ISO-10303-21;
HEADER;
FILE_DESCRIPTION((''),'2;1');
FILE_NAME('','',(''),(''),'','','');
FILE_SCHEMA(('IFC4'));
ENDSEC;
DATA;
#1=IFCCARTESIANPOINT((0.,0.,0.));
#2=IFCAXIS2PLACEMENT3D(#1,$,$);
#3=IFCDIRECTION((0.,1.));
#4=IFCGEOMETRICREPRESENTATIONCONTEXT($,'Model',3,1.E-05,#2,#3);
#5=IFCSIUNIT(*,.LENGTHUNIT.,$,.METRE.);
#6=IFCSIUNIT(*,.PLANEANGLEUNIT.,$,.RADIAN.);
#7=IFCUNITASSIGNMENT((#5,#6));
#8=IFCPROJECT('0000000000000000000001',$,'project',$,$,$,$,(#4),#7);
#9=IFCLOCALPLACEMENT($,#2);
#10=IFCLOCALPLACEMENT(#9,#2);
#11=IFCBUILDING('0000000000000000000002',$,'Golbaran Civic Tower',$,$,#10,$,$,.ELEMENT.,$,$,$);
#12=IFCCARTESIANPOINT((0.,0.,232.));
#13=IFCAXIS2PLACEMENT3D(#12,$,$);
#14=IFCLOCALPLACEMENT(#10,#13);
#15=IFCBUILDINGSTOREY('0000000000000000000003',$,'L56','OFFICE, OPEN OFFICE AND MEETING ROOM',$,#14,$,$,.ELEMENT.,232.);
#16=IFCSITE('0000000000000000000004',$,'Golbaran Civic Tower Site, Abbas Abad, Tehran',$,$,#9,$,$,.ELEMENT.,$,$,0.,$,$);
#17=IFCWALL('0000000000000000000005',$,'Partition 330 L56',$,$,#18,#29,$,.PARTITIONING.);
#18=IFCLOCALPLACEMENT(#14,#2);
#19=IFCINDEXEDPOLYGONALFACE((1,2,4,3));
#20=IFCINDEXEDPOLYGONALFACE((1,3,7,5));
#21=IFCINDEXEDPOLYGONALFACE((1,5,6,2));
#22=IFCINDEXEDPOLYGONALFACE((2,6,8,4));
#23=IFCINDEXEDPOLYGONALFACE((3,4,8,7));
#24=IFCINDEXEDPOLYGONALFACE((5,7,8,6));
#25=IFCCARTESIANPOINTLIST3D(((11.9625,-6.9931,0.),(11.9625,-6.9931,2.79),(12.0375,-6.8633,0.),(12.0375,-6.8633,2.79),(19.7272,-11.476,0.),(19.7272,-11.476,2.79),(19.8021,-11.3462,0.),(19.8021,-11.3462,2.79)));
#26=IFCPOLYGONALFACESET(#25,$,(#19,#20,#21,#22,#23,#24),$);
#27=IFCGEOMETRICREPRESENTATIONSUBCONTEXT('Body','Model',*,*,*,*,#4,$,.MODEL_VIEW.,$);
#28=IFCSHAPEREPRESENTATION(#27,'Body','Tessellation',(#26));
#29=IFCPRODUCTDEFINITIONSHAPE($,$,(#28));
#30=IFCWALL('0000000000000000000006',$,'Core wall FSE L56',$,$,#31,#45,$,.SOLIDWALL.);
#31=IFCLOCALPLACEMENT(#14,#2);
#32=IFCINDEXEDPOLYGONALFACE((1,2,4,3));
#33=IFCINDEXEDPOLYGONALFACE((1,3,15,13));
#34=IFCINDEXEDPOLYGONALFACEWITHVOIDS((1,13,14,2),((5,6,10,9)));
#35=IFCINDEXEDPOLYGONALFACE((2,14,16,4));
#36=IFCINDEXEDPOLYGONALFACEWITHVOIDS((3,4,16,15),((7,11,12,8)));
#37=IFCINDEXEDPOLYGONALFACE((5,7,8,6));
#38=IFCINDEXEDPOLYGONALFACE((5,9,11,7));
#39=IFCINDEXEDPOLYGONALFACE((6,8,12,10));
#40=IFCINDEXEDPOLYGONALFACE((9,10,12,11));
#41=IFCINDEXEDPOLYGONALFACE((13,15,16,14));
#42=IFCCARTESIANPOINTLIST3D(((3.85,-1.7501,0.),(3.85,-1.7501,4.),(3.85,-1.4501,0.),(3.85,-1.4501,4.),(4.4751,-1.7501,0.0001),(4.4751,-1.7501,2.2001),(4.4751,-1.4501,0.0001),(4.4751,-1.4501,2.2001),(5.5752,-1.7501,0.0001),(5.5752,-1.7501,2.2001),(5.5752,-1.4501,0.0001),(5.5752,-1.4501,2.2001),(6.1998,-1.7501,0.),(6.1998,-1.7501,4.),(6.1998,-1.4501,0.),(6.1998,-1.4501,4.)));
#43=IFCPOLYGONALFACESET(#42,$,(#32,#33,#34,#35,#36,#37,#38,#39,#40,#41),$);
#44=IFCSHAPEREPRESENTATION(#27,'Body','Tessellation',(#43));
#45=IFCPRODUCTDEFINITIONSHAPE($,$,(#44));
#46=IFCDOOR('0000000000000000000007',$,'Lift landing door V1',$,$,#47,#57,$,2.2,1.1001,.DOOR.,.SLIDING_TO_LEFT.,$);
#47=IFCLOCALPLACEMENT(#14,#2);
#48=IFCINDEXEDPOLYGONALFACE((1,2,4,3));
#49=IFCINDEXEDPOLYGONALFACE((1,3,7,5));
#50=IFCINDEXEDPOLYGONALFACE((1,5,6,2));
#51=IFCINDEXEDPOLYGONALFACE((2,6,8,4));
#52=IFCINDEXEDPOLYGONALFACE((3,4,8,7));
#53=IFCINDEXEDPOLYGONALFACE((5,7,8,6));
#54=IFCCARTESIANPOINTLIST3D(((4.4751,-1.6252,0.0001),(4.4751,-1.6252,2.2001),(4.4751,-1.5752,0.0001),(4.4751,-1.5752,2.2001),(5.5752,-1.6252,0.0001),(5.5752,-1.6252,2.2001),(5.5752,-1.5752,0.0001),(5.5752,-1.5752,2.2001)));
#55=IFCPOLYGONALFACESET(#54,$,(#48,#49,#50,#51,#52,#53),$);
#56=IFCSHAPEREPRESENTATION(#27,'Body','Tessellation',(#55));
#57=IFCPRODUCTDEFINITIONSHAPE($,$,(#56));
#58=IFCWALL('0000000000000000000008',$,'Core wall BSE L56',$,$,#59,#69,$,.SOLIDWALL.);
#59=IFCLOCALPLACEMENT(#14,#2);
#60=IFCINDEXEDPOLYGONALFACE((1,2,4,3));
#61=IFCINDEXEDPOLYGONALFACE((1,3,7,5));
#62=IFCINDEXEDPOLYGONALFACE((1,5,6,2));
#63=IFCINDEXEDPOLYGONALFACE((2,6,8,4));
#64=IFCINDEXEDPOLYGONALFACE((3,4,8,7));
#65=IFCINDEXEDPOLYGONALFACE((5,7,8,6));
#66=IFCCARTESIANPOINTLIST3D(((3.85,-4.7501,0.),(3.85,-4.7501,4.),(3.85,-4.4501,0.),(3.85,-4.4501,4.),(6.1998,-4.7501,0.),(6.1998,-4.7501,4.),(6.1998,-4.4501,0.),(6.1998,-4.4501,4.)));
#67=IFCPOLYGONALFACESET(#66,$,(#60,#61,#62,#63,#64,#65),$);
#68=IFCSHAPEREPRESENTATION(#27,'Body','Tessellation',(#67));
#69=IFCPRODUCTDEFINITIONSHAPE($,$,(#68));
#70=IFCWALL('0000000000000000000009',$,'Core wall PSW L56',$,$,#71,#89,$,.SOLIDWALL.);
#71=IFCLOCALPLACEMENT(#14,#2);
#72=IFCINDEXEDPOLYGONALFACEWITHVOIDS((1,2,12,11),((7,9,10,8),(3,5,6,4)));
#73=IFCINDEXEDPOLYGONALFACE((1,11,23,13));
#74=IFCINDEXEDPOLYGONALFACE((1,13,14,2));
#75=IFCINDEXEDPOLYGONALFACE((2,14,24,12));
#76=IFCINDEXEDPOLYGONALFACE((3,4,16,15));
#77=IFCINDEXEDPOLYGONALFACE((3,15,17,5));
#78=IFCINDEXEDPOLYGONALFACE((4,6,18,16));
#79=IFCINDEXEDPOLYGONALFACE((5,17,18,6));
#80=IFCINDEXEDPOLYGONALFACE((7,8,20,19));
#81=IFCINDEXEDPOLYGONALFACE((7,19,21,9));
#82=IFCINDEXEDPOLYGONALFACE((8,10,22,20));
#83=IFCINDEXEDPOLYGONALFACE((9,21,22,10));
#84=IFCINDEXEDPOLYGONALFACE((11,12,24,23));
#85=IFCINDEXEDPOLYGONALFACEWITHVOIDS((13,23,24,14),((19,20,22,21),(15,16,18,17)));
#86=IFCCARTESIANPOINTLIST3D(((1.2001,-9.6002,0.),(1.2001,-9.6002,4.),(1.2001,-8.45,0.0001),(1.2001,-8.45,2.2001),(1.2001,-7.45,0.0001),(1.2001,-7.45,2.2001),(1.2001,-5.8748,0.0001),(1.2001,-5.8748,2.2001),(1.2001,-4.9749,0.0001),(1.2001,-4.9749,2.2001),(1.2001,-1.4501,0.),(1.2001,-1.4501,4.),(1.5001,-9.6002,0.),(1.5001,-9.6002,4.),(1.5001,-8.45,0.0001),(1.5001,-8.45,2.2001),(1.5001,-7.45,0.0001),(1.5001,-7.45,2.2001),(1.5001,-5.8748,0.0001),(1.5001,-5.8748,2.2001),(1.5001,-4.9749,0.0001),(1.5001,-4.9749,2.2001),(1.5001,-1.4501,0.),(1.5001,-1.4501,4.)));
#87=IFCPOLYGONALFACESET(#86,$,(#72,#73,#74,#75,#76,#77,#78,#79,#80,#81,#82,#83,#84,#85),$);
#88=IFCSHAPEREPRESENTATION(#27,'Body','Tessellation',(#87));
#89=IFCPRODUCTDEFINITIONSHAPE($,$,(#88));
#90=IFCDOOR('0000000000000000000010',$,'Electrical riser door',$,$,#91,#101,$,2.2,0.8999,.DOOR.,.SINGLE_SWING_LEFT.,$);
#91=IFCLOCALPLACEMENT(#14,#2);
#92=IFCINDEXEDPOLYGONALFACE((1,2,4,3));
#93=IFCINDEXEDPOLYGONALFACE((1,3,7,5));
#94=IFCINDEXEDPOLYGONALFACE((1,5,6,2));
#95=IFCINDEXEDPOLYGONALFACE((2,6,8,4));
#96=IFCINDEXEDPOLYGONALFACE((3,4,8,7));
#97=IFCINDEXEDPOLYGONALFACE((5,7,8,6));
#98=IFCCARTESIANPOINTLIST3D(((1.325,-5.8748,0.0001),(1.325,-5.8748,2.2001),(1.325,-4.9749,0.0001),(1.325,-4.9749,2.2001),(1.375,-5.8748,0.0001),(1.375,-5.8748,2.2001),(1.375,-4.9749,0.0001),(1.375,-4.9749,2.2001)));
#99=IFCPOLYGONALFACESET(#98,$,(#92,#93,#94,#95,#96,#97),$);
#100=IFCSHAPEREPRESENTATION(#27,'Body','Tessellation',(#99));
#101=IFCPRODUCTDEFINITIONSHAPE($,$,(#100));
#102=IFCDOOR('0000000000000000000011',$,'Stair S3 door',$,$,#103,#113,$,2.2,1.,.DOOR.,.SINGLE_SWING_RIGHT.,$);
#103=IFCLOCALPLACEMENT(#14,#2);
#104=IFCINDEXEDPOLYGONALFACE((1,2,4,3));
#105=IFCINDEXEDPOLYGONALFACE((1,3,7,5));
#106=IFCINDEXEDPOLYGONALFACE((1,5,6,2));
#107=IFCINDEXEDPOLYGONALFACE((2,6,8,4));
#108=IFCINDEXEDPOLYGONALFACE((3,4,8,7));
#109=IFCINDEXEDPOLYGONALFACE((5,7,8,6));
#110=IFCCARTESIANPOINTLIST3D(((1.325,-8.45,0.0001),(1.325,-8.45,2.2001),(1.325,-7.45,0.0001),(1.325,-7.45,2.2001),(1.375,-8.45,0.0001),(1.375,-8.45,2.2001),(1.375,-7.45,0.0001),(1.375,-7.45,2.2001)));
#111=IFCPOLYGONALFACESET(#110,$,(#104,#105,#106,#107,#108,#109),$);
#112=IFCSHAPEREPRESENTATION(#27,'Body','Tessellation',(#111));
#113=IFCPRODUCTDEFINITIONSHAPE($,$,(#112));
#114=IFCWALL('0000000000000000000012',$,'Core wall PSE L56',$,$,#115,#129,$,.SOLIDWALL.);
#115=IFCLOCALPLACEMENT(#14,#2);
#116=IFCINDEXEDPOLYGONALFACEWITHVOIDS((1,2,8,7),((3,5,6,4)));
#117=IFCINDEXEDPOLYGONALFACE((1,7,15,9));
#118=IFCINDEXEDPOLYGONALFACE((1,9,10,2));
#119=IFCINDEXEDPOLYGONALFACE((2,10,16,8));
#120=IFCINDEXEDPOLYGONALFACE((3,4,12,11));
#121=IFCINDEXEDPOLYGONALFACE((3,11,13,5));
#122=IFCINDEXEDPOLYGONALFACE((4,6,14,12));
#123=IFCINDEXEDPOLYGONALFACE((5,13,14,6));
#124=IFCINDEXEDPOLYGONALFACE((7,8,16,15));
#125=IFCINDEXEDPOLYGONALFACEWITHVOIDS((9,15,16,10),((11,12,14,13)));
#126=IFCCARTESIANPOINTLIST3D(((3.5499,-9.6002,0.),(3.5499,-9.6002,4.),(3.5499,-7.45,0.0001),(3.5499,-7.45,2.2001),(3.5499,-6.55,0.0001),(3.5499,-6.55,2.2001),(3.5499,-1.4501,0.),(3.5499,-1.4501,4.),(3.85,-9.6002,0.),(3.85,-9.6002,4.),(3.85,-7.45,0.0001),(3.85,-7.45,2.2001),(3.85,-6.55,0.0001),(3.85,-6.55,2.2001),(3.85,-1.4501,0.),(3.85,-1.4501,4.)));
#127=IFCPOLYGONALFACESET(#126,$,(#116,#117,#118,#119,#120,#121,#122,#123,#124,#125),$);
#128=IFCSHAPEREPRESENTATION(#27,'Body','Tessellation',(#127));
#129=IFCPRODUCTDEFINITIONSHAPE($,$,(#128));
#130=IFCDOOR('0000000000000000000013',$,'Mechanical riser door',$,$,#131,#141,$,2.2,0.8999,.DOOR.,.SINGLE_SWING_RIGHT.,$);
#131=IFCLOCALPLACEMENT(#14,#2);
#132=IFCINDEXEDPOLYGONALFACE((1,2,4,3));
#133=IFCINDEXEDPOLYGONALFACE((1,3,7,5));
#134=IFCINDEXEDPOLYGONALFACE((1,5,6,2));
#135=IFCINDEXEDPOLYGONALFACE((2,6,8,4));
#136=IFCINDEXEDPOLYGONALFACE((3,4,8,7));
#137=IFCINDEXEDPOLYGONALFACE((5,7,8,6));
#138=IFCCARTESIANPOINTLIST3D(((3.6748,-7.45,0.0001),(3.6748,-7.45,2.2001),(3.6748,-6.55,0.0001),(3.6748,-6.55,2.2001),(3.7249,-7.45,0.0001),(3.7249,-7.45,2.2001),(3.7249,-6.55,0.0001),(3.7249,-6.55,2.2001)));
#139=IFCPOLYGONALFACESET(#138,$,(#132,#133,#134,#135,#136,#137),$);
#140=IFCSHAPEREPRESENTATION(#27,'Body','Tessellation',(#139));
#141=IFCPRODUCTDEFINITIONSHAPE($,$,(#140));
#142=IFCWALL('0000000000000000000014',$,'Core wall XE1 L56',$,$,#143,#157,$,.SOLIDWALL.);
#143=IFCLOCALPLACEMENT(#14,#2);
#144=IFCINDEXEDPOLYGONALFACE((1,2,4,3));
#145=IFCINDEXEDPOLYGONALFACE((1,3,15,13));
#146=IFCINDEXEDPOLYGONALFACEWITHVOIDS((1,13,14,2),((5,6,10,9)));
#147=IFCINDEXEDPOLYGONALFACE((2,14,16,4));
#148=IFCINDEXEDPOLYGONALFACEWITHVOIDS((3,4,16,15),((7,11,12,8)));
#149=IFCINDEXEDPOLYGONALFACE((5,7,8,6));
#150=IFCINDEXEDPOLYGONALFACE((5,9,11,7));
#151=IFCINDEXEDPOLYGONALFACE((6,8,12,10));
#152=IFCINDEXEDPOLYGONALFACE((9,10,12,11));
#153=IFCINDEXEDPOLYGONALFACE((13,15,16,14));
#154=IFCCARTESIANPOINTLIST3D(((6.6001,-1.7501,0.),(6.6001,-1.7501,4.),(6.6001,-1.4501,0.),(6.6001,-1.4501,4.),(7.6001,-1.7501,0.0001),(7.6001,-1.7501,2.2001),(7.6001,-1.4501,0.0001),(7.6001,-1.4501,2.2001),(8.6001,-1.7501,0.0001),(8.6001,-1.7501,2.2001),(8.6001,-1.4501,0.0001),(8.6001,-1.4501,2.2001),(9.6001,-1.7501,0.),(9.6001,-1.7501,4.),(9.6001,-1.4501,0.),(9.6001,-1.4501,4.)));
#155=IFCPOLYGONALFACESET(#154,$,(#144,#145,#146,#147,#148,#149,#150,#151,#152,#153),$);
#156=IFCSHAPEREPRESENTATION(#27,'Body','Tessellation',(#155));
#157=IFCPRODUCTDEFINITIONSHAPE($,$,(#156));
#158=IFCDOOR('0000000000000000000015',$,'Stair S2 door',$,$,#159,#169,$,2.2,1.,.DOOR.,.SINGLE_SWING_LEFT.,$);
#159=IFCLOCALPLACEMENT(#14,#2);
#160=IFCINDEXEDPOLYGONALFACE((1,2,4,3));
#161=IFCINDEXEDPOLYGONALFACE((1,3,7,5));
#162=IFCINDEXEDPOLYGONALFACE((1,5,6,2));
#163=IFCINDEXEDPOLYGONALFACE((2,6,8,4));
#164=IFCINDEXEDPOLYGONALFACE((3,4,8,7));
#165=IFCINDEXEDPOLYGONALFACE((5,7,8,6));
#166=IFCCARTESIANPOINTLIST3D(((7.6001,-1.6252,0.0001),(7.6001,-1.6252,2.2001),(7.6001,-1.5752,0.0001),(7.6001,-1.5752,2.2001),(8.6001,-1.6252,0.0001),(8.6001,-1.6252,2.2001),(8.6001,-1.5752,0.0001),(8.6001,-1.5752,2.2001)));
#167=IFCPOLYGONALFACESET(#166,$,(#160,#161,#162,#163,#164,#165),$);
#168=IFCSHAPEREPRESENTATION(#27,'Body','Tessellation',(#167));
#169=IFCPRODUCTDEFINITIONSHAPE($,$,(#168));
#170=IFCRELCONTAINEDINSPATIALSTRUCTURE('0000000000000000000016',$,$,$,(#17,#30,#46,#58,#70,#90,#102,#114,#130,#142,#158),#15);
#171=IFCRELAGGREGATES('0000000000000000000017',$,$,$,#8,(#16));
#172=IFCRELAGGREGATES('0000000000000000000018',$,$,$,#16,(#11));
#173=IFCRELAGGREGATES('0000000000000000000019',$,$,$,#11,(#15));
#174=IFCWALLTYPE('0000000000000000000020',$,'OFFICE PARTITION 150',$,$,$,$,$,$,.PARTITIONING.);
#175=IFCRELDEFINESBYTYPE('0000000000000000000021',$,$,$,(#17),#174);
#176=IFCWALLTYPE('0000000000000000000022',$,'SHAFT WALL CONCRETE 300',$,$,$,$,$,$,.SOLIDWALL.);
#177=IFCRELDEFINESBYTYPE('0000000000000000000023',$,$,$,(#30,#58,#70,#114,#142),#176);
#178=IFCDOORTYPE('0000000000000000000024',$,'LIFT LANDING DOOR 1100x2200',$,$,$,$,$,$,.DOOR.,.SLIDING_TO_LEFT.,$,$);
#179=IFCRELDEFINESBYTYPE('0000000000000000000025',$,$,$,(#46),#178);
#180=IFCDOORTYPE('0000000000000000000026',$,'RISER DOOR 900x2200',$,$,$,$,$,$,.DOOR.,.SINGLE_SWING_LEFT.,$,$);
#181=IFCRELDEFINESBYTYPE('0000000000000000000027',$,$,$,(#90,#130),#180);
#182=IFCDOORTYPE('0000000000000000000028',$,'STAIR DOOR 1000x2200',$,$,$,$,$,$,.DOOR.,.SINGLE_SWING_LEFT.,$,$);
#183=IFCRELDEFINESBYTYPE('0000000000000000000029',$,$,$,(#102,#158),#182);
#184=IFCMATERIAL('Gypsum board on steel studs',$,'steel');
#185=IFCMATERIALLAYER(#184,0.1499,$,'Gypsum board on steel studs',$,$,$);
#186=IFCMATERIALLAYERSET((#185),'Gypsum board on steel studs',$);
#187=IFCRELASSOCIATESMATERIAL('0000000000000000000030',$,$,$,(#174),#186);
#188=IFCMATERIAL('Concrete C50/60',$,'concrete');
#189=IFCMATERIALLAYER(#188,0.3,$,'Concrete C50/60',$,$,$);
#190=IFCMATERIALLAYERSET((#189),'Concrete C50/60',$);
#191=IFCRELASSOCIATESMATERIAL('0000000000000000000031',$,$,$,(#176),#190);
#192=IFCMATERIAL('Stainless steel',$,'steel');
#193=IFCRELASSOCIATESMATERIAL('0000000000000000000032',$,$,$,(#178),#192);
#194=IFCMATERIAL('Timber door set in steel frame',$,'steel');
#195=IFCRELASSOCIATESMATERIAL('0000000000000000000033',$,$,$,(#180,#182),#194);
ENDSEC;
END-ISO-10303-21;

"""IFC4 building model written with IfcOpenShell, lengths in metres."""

from ifc_helpers import new_model, si_unit, direction, frame, frame_2d, origin, place, context, subcontext, project, spatial, rectangle, extrude, material, layer, layer_set, type_object, element, fill, save


model = new_model("IFC4")

# Units and contexts
model_context = context("Model", 3, precision=1e-05, world=origin(), true_north=direction((0.0, 1.0)))
body_context = subcontext(model_context, "Body", "Model", "MODEL_VIEW")
ifc_project = project(units=[si_unit("LENGTHUNIT", "METRE"), si_unit("PLANEANGLEUNIT", "RADIAN")], contexts=[model_context])

# Site, building, storey
site_placement = place(None, origin())
site = spatial("IfcSite", under=ifc_project, at=site_placement, Name="Golbaran Civic Tower Site, Abbas Abad, Tehran", CompositionType="ELEMENT", RefElevation=0.0)
building_placement = place(site_placement, origin())
building = spatial("IfcBuilding", under=site, at=building_placement, Name="Golbaran Civic Tower", CompositionType="ELEMENT")
storey_placement = place(building_placement, frame((0.0, 0.0, 232.0)))
storey = spatial("IfcBuildingStorey", under=building, at=storey_placement, Name="L56", Description="OFFICE, OPEN OFFICE AND MEETING ROOM", CompositionType="ELEMENT", Elevation=232.0)

# Wall
ifc_material_1 = material(Name="Gypsum board on steel studs", Category="steel")
ifc_layer_1 = layer(ifc_material_1, 0.1499, Name="Gypsum board on steel studs")
ifc_layer_set_1 = layer_set([ifc_layer_1], Name="Gypsum board on steel studs")
wall_type_1 = type_object("IfcWallType", Name="OFFICE PARTITION 150", PredefinedType="PARTITIONING", material=ifc_layer_set_1)
wall_1_placement = place(storey_placement, frame((12.0, -6.9282, 0.0), z_axis=(0.0, 0.0, 1.0), x_axis=(0.866026, -0.499999, 0.0)))
element("IfcWall", 1, at=wall_1_placement, inside=storey, type_object=wall_type_1, Name="Partition 330 L56", PredefinedType="PARTITIONING", context=body_context, shape_type="SweptSolid", body=[
    extrude(rectangle(XDim=8.9658, YDim=0.1499, at=frame_2d((4.4829, 0.0))), origin(), (0.0, 0.0, 1.0), 2.79),
])

# Wall, opening, door
ifc_material_2 = material(Name="Concrete C50/60", Category="concrete")
ifc_layer_2 = layer(ifc_material_2, 0.3, Name="Concrete C50/60")
ifc_layer_set_2 = layer_set([ifc_layer_2], Name="Concrete C50/60")
wall_type_2 = type_object("IfcWallType", Name="SHAFT WALL CONCRETE 300", PredefinedType="SOLIDWALL", material=ifc_layer_set_2)
wall_2_placement = place(storey_placement, frame((3.8501, -1.6001, 0.0), z_axis=(0.0, 0.0, 1.0), x_axis=(1.0, 0.0, 0.0)))
wall_2 = element("IfcWall", 2, at=wall_2_placement, inside=storey, type_object=wall_type_2, Name="Core wall FSE L56", PredefinedType="SOLIDWALL", context=body_context, shape_type="SweptSolid", body=[
    extrude(rectangle(XDim=2.3499, YDim=0.3, at=frame_2d((1.1748, 0.0))), origin(), (0.0, 0.0, 1.0), 4.0),
])
opening_1_placement = place(wall_2_placement, frame((0.625, 0.0, 0.0)))
opening_1 = element("IfcOpeningElement", 3, at=opening_1_placement, cuts=wall_2, PredefinedType="OPENING", context=body_context, shape_type="SweptSolid", body=[
    extrude(rectangle(XDim=1.1001, YDim=2.2, at=frame_2d((0.55, 1.1001))), frame((0.0, 0.1599, 0.0), z_axis=(0.0, -1.0, 0.0), x_axis=(1.0, 0.0, 0.0)), (0.0, 0.0, 1.0), 0.3201),
])
ifc_material_3 = material(Name="Stainless steel", Category="steel")
door_type_1 = type_object("IfcDoorType", Name="LIFT LANDING DOOR 1100x2200", OperationType="SLIDING_TO_LEFT", PredefinedType="DOOR", material=ifc_material_3)
door_1_placement = place(opening_1_placement, origin())
door_1 = element("IfcDoor", 4, at=door_1_placement, inside=storey, type_object=door_type_1, Name="Lift landing door V1", OperationType="SLIDING_TO_LEFT", OverallHeight=2.2, OverallWidth=1.1001, PredefinedType="DOOR", context=body_context, shape_type="SweptSolid", body=[
    extrude(rectangle(XDim=1.1001, YDim=2.2, at=frame_2d((0.55, 1.1001))), frame((0.0, 0.0249, 0.0), z_axis=(0.0, -1.0, 0.0), x_axis=(1.0, 0.0, 0.0)), (0.0, 0.0, 1.0), 0.05),
])
fill(opening_1, door_1)

# Wall
wall_3_placement = place(storey_placement, frame((3.8501, -4.6001, 0.0), z_axis=(0.0, 0.0, 1.0), x_axis=(1.0, 0.0, 0.0)))
element("IfcWall", 5, at=wall_3_placement, inside=storey, type_object=wall_type_2, Name="Core wall BSE L56", PredefinedType="SOLIDWALL", context=body_context, shape_type="SweptSolid", body=[
    extrude(rectangle(XDim=2.3499, YDim=0.3, at=frame_2d((1.1748, 0.0))), origin(), (0.0, 0.0, 1.0), 4.0),
])

# Wall, openings, doors
wall_4_placement = place(storey_placement, frame((1.3501, -1.45, 0.0), z_axis=(0.0, 0.0, 1.0), x_axis=(0.0, -1.0, 0.0)))
wall_4 = element("IfcWall", 6, at=wall_4_placement, inside=storey, type_object=wall_type_2, Name="Core wall PSW L56", PredefinedType="SOLIDWALL", context=body_context, shape_type="SweptSolid", body=[
    extrude(rectangle(XDim=8.1501, YDim=0.3, at=frame_2d((4.0752, 0.0))), origin(), (0.0, 0.0, 1.0), 4.0),
])
opening_2_placement = place(wall_4_placement, frame((6.0, 0.0, 0.0)))
opening_2 = element("IfcOpeningElement", 7, at=opening_2_placement, cuts=wall_4, PredefinedType="OPENING", context=body_context, shape_type="SweptSolid", body=[
    extrude(rectangle(XDim=1.0, YDim=2.2, at=frame_2d((0.5, 1.1001))), frame((0.0, 0.1599, 0.0), z_axis=(0.0, -1.0, 0.0), x_axis=(1.0, 0.0, 0.0)), (0.0, 0.0, 1.0), 0.3201),
])
opening_3_placement = place(wall_4_placement, frame((3.5249, 0.0, 0.0)))
opening_3 = element("IfcOpeningElement", 8, at=opening_3_placement, cuts=wall_4, PredefinedType="OPENING", context=body_context, shape_type="SweptSolid", body=[
    extrude(rectangle(XDim=0.8999, YDim=2.2, at=frame_2d((0.45, 1.1001))), frame((0.0, 0.1599, 0.0), z_axis=(0.0, -1.0, 0.0), x_axis=(1.0, 0.0, 0.0)), (0.0, 0.0, 1.0), 0.3201),
])
ifc_material_4 = material(Name="Timber door set in steel frame", Category="steel")
door_type_2 = type_object("IfcDoorType", Name="RISER DOOR 900x2200", OperationType="SINGLE_SWING_LEFT", PredefinedType="DOOR", material=ifc_material_4)
door_2_placement = place(opening_3_placement, origin())
door_2 = element("IfcDoor", 9, at=door_2_placement, inside=storey, type_object=door_type_2, Name="Electrical riser door", OperationType="SINGLE_SWING_LEFT", OverallHeight=2.2, OverallWidth=0.8999, PredefinedType="DOOR", context=body_context, shape_type="SweptSolid", body=[
    extrude(rectangle(XDim=0.8999, YDim=2.2, at=frame_2d((0.45, 1.1001))), frame((0.0, 0.0249, 0.0), z_axis=(0.0, -1.0, 0.0), x_axis=(1.0, 0.0, 0.0)), (0.0, 0.0, 1.0), 0.05),
])
fill(opening_3, door_2)
door_type_3 = type_object("IfcDoorType", Name="STAIR DOOR 1000x2200", OperationType="SINGLE_SWING_LEFT", PredefinedType="DOOR", material=ifc_material_4)
door_3_placement = place(opening_2_placement, origin())
door_3 = element("IfcDoor", 10, at=door_3_placement, inside=storey, type_object=door_type_3, Name="Stair S3 door", OperationType="SINGLE_SWING_RIGHT", OverallHeight=2.2, OverallWidth=1.0, PredefinedType="DOOR", context=body_context, shape_type="SweptSolid", body=[
    extrude(rectangle(XDim=1.0, YDim=2.2, at=frame_2d((0.5, 1.1001))), frame((0.0, 0.0249, 0.0), z_axis=(0.0, -1.0, 0.0), x_axis=(1.0, 0.0, 0.0)), (0.0, 0.0, 1.0), 0.05),
])
fill(opening_2, door_3)

# Walls, openings, doors
wall_5_placement = place(storey_placement, frame((3.7, -1.45, 0.0), z_axis=(0.0, 0.0, 1.0), x_axis=(0.0, -1.0, 0.0)))
wall_5 = element("IfcWall", 11, at=wall_5_placement, inside=storey, type_object=wall_type_2, Name="Core wall PSE L56", PredefinedType="SOLIDWALL", context=body_context, shape_type="SweptSolid", body=[
    extrude(rectangle(XDim=8.1501, YDim=0.3, at=frame_2d((4.0752, 0.0))), origin(), (0.0, 0.0, 1.0), 4.0),
])
opening_4_placement = place(wall_5_placement, frame((5.1001, 0.0, 0.0)))
opening_4 = element("IfcOpeningElement", 12, at=opening_4_placement, cuts=wall_5, PredefinedType="OPENING", context=body_context, shape_type="SweptSolid", body=[
    extrude(rectangle(XDim=0.8999, YDim=2.2, at=frame_2d((0.45, 1.1001))), frame((0.0, 0.1599, 0.0), z_axis=(0.0, -1.0, 0.0), x_axis=(1.0, 0.0, 0.0)), (0.0, 0.0, 1.0), 0.3201),
])
door_4_placement = place(opening_4_placement, origin())
door_4 = element("IfcDoor", 13, at=door_4_placement, inside=storey, type_object=door_type_2, Name="Mechanical riser door", OperationType="SINGLE_SWING_RIGHT", OverallHeight=2.2, OverallWidth=0.8999, PredefinedType="DOOR", context=body_context, shape_type="SweptSolid", body=[
    extrude(rectangle(XDim=0.8999, YDim=2.2, at=frame_2d((0.45, 1.1001))), frame((0.0, 0.0249, 0.0), z_axis=(0.0, -1.0, 0.0), x_axis=(1.0, 0.0, 0.0)), (0.0, 0.0, 1.0), 0.05),
])
fill(opening_4, door_4)
wall_6_placement = place(storey_placement, frame((6.6001, -1.6001, 0.0), z_axis=(0.0, 0.0, 1.0), x_axis=(1.0, 0.0, 0.0)))
wall_6 = element("IfcWall", 14, at=wall_6_placement, inside=storey, type_object=wall_type_2, Name="Core wall XE1 L56", PredefinedType="SOLIDWALL", context=body_context, shape_type="SweptSolid", body=[
    extrude(rectangle(XDim=3.0, YDim=0.3, at=frame_2d((1.5, 0.0))), origin(), (0.0, 0.0, 1.0), 4.0),
])
opening_5_placement = place(wall_6_placement, frame((1.0, 0.0, 0.0)))
opening_5 = element("IfcOpeningElement", 15, at=opening_5_placement, cuts=wall_6, PredefinedType="OPENING", context=body_context, shape_type="SweptSolid", body=[
    extrude(rectangle(XDim=1.0, YDim=2.2, at=frame_2d((0.5, 1.1001))), frame((0.0, 0.1599, 0.0), z_axis=(0.0, -1.0, 0.0), x_axis=(1.0, 0.0, 0.0)), (0.0, 0.0, 1.0), 0.3201),
])
door_5_placement = place(opening_5_placement, origin())
door_5 = element("IfcDoor", 16, at=door_5_placement, inside=storey, type_object=door_type_3, Name="Stair S2 door", OperationType="SINGLE_SWING_LEFT", OverallHeight=2.2, OverallWidth=1.0, PredefinedType="DOOR", context=body_context, shape_type="SweptSolid", body=[
    extrude(rectangle(XDim=1.0, YDim=2.2, at=frame_2d((0.5, 1.1001))), frame((0.0, 0.0249, 0.0), z_axis=(0.0, -1.0, 0.0), x_axis=(1.0, 0.0, 0.0)), (0.0, 0.0, 1.0), 0.05),
])
fill(opening_5, door_5)

save(model, "model.ifc")
